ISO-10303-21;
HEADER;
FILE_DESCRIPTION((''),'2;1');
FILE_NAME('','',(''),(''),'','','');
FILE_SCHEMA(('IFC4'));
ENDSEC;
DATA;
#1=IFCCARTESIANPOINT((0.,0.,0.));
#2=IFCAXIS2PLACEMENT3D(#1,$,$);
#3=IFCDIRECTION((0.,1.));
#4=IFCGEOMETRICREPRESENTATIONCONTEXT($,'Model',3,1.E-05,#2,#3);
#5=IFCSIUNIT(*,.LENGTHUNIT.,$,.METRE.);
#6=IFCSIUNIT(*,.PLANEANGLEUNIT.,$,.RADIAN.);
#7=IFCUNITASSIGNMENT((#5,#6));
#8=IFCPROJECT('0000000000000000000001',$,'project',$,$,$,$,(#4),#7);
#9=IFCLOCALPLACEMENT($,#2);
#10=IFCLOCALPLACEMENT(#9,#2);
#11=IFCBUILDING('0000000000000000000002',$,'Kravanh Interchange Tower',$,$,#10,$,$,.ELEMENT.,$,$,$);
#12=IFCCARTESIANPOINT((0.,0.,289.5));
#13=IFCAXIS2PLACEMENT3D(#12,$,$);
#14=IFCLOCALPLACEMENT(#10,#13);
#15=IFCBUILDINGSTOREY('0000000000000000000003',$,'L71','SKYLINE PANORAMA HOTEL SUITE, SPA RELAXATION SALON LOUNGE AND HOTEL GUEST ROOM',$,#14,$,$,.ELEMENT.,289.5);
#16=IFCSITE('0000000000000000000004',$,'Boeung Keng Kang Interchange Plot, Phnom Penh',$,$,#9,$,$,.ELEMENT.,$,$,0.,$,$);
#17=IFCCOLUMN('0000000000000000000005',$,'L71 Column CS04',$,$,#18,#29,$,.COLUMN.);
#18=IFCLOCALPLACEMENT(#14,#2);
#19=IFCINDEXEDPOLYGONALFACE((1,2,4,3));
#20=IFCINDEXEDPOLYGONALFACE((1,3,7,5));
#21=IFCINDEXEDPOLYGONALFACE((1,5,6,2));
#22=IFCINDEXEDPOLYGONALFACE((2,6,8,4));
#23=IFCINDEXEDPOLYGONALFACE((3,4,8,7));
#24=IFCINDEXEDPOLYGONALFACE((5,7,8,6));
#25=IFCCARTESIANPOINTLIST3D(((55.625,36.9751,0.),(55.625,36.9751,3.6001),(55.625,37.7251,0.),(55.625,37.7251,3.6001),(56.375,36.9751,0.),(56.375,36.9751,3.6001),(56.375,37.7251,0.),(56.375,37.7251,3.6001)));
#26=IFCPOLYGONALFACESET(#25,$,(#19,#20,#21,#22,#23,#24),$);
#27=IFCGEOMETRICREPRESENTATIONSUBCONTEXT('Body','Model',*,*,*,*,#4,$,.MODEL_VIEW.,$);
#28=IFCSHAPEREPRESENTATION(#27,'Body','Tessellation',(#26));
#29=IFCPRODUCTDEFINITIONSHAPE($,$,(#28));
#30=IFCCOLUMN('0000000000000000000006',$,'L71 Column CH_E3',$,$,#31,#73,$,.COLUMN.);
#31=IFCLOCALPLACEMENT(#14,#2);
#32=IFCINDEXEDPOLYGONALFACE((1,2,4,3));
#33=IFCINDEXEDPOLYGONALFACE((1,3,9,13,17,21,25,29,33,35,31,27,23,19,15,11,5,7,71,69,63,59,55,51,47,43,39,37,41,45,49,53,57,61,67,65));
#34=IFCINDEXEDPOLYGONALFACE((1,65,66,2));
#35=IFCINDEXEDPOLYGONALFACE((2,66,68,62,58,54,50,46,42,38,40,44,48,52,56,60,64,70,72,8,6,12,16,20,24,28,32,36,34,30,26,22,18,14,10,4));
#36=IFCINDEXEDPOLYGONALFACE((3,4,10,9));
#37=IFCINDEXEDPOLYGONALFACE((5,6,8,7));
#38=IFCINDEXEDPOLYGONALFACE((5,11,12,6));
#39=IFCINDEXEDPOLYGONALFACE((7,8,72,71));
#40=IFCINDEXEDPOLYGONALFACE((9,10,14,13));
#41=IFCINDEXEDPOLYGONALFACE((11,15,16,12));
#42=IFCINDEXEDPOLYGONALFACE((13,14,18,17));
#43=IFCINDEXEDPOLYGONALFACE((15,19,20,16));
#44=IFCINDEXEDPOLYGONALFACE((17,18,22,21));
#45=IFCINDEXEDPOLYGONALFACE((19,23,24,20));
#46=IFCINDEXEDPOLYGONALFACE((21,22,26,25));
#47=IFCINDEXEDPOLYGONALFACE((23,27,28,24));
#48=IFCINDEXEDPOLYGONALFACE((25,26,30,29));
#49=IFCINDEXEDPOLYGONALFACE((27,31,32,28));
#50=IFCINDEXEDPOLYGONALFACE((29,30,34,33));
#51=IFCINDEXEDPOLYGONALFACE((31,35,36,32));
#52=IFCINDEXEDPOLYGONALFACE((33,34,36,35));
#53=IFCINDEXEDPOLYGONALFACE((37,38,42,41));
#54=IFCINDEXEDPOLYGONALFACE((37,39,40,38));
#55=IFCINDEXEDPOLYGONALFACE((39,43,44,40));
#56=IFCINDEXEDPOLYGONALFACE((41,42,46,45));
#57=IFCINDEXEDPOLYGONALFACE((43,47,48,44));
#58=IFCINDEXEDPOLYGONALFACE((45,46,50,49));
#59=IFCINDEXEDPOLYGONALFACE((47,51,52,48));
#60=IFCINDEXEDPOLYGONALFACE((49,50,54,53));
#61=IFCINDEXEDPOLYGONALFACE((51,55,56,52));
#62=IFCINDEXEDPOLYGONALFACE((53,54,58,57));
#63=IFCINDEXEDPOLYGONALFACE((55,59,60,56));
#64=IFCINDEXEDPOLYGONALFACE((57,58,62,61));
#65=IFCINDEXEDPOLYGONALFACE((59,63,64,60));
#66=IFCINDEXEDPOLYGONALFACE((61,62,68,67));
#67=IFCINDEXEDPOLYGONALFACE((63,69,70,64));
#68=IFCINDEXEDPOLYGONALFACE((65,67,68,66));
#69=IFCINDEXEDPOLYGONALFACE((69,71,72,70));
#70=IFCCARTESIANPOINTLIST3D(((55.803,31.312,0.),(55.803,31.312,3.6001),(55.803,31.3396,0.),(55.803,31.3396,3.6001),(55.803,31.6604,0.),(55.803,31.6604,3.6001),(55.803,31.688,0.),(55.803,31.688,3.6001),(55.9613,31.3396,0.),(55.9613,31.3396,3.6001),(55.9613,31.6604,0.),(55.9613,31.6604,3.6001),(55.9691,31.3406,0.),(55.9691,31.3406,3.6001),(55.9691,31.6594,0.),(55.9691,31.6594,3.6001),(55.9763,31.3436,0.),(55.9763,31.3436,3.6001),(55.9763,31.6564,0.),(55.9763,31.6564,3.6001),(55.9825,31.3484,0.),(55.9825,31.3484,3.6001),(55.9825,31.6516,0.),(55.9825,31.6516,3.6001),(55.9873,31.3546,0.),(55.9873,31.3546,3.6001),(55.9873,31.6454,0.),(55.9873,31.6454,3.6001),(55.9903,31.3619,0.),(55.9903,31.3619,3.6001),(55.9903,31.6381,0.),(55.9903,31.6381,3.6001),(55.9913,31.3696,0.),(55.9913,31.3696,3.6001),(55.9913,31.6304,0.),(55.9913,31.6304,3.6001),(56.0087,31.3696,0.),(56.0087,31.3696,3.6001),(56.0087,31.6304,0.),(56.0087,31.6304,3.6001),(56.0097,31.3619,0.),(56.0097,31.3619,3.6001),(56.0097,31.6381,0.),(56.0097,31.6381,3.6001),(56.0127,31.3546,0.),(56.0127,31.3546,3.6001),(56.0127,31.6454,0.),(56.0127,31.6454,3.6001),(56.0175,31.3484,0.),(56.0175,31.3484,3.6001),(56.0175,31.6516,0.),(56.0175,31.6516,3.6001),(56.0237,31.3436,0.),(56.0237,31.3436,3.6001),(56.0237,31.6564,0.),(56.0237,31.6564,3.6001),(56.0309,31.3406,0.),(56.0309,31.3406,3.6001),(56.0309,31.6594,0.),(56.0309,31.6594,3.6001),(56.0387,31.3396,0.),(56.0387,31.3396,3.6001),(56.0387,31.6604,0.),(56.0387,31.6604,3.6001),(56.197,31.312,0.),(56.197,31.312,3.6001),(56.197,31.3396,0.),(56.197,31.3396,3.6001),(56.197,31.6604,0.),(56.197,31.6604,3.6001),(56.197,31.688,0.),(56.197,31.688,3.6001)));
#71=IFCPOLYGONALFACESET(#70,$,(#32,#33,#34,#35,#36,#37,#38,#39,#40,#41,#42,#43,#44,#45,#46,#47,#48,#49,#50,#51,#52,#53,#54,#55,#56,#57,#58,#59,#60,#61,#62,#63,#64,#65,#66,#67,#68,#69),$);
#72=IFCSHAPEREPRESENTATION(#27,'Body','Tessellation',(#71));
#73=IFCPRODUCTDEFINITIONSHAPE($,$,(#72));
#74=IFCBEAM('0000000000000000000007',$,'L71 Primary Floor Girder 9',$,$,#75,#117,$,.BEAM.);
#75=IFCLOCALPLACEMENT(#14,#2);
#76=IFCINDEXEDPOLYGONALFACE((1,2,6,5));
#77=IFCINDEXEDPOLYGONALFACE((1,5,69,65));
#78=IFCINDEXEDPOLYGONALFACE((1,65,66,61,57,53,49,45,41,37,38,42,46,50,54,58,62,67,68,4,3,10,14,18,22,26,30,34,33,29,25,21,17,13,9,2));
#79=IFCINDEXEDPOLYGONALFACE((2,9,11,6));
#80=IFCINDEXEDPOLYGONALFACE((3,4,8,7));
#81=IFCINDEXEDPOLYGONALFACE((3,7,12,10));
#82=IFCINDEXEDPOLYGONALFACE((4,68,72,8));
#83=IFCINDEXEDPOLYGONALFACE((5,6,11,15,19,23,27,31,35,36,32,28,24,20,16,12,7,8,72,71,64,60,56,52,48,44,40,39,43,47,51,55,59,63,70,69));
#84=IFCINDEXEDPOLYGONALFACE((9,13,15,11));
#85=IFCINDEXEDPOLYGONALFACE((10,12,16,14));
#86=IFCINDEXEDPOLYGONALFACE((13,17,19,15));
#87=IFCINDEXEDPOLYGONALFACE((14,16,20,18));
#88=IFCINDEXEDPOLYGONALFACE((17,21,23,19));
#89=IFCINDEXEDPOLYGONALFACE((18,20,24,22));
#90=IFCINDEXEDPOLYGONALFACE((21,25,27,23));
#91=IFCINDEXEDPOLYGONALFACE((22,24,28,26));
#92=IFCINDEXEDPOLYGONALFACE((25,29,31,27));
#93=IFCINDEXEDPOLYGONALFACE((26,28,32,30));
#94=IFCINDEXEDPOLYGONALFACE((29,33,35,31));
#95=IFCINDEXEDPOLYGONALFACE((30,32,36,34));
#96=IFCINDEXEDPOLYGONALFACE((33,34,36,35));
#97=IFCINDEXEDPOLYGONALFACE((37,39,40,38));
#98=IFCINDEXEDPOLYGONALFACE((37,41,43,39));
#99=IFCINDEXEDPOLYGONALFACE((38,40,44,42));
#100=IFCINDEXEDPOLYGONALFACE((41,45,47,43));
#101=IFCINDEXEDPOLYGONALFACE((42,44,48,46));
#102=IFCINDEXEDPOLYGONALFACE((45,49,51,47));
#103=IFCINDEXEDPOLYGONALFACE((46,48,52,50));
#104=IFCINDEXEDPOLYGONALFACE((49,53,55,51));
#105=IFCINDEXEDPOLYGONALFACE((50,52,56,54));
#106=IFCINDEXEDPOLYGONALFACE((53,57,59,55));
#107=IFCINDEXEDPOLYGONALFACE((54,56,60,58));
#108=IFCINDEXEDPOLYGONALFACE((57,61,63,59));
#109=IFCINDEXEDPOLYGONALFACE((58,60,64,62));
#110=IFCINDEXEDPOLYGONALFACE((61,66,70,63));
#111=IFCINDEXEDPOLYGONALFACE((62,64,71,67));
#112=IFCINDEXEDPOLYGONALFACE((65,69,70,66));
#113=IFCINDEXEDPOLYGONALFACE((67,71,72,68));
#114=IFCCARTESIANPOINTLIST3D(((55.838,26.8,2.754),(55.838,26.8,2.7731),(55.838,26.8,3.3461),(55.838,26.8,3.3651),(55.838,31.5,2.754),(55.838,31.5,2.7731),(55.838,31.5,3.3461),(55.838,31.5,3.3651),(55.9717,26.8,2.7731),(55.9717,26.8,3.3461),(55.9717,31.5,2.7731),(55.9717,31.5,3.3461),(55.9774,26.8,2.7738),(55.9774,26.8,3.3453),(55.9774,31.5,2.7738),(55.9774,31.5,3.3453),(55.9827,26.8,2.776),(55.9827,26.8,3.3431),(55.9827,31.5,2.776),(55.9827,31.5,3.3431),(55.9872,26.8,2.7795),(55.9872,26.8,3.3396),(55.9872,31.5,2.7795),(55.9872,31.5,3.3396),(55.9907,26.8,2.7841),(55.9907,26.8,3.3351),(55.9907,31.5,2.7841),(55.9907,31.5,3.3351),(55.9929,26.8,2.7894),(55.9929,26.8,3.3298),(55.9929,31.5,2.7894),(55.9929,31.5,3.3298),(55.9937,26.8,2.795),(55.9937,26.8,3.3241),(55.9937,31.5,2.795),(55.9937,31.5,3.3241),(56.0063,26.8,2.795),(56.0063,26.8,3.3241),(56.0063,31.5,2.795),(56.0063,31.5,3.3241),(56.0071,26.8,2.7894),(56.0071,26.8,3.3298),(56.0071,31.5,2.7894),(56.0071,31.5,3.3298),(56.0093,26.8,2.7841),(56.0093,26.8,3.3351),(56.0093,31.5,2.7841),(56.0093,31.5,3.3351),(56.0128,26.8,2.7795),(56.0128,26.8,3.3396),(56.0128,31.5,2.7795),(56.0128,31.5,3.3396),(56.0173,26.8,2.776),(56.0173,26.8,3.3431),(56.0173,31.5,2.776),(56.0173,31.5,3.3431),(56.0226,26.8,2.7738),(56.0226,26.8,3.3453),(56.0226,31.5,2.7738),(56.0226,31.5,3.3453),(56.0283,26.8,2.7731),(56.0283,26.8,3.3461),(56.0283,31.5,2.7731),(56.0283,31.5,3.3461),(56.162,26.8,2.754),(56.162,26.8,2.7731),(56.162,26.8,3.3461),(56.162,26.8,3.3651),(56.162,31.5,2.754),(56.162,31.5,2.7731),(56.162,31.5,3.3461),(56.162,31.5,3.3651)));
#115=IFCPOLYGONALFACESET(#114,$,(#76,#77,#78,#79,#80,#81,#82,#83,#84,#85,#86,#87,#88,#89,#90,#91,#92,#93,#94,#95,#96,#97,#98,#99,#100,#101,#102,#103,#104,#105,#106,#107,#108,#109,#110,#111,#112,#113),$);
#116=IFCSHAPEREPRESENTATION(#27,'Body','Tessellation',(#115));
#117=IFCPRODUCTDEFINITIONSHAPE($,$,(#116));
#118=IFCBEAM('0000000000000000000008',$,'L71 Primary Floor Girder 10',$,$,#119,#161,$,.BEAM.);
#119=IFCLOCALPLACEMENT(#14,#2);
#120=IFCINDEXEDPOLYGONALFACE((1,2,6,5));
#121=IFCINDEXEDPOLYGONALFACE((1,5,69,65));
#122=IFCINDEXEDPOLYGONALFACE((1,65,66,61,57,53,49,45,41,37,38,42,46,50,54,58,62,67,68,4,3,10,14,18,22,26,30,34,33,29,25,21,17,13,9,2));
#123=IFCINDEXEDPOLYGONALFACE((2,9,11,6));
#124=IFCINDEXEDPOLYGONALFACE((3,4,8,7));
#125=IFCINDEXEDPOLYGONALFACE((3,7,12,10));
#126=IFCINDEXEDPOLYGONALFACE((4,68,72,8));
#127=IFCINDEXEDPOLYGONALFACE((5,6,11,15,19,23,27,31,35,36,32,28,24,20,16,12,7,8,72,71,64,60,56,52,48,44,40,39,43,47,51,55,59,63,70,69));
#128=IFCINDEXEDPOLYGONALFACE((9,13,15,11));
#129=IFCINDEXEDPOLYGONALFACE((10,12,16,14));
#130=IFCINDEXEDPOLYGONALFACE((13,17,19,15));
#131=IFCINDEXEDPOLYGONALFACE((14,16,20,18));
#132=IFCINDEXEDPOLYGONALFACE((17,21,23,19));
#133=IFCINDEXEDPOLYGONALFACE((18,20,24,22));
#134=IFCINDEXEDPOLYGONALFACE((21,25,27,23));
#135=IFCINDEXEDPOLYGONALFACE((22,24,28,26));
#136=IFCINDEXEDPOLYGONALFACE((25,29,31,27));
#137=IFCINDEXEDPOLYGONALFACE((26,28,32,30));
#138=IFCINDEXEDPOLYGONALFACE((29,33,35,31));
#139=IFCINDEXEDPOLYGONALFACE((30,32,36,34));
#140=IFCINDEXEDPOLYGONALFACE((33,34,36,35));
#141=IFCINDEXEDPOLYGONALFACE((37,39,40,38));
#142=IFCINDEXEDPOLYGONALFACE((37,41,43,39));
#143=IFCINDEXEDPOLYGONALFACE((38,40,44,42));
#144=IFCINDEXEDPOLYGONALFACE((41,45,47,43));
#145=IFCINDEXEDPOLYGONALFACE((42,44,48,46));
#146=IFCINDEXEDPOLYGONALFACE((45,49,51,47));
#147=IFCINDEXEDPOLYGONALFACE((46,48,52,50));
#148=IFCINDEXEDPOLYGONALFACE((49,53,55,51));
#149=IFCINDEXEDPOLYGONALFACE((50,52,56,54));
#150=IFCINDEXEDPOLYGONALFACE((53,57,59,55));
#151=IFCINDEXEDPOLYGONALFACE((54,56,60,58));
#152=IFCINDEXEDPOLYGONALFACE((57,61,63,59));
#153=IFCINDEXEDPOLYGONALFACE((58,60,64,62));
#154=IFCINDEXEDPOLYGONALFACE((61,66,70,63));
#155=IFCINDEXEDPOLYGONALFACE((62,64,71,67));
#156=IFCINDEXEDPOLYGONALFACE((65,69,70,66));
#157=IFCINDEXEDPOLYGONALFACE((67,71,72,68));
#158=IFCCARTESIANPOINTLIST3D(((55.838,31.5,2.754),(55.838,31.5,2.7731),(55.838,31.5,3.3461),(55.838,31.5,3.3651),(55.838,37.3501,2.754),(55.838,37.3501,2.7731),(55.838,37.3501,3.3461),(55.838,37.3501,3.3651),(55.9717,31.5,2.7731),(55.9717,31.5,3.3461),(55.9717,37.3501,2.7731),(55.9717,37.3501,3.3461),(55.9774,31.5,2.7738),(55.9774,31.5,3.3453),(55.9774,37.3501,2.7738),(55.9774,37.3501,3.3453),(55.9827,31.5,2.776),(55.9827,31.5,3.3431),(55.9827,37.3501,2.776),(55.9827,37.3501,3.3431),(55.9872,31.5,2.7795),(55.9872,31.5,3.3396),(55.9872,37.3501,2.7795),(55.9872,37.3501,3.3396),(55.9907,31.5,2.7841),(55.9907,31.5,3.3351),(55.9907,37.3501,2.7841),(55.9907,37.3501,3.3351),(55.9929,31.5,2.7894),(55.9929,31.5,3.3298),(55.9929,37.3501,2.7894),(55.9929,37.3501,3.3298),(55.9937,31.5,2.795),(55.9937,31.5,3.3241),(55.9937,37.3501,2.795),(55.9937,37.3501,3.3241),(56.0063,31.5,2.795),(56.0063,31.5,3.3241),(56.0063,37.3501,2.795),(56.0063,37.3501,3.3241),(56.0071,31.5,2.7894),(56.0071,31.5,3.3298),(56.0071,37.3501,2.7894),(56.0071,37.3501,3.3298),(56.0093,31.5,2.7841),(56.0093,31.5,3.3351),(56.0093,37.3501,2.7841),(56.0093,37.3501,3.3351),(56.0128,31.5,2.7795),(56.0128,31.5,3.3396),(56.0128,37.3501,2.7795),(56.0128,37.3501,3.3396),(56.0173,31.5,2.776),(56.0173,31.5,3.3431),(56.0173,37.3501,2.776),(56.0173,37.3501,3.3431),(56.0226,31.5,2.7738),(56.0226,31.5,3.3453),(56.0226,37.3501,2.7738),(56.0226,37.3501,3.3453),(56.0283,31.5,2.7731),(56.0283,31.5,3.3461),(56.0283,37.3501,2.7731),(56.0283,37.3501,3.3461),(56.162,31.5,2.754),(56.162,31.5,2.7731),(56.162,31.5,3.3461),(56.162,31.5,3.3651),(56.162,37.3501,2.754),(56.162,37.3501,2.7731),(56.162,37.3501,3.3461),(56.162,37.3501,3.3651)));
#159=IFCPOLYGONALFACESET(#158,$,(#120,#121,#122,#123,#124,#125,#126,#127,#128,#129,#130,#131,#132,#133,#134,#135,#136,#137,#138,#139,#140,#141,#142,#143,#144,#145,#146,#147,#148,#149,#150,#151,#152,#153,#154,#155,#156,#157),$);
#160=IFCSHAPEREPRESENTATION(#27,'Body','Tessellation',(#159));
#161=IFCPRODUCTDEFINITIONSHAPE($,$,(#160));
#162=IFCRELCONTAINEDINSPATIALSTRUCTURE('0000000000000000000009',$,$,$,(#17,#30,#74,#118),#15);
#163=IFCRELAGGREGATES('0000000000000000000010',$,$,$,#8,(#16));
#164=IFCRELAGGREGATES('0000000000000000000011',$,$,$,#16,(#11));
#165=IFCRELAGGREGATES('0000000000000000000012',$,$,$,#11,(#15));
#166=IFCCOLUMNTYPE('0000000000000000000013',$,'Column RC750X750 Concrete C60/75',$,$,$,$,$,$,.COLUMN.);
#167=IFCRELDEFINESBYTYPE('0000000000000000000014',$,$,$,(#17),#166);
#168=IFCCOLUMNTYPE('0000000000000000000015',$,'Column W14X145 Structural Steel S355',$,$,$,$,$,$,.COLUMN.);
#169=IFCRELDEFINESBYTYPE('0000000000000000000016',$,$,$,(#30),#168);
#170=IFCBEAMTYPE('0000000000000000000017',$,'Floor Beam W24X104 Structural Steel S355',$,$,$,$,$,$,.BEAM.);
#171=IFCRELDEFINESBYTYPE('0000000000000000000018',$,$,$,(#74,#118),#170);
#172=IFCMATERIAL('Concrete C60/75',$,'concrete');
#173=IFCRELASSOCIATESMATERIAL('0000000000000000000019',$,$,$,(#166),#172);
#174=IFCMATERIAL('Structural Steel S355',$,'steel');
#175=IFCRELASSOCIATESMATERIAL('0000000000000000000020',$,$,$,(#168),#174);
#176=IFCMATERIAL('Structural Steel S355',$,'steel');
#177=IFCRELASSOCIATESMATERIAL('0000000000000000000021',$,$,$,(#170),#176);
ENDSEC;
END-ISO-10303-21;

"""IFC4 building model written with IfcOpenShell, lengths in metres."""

from ifc_helpers import new_model, si_unit, direction, frame, origin, origin_2d, place, context, subcontext, project, spatial, rectangle, i_section, extrude, material, material_profile, profile_set, type_object, element, save


model = new_model("IFC4")

# Units and contexts
model_context = context("Model", 3, precision=1e-05, world=origin(), true_north=direction((0.0, 1.0)))
body_context = subcontext(model_context, "Body", "Model", "MODEL_VIEW")
ifc_project = project(units=[si_unit("LENGTHUNIT", "METRE"), si_unit("PLANEANGLEUNIT", "RADIAN")], contexts=[model_context])

# Site, building, storey
site_placement = place(None, origin())
site = spatial("IfcSite", under=ifc_project, at=site_placement, Name="Boeung Keng Kang Interchange Plot, Phnom Penh", CompositionType="ELEMENT", RefElevation=0.0)
building_placement = place(site_placement, origin())
building = spatial("IfcBuilding", under=site, at=building_placement, Name="Kravanh Interchange Tower", CompositionType="ELEMENT")
storey_placement = place(building_placement, frame((0.0, 0.0, 289.5)))
storey = spatial("IfcBuildingStorey", under=building, at=storey_placement, Name="L71", Description="SKYLINE PANORAMA HOTEL SUITE, SPA RELAXATION SALON LOUNGE AND HOTEL GUEST ROOM", CompositionType="ELEMENT", Elevation=289.5)

# Columns
ifc_material_1 = material(Name="Concrete C60/75", Category="concrete")
ifc_material_profile_1 = material_profile(ifc_material_1, rectangle(XDim=0.75, YDim=0.75, at=origin_2d()), Name="RC750X750")
ifc_profile_set_1 = profile_set([ifc_material_profile_1], Name="Concrete C60/75")
column_type_1 = type_object("IfcColumnType", Name="Column RC750X750 Concrete C60/75", PredefinedType="COLUMN", material=ifc_profile_set_1)
column_1_placement = place(storey_placement, frame((56.0, 37.3501, 0.0), z_axis=(0.0, 0.0, 1.0), x_axis=(1.0, 0.0, 0.0)))
element("IfcColumn", 1, at=column_1_placement, inside=storey, type_object=column_type_1, Name="L71 Column CS04", PredefinedType="COLUMN", context=body_context, shape_type="SweptSolid", body=[
    extrude(rectangle(XDim=0.75, YDim=0.75, at=origin_2d()), origin(), (0.0, 0.0, 1.0), 3.6001),
])
ifc_material_2 = material(Name="Structural Steel S355", Category="steel")
ifc_material_profile_2 = material_profile(ifc_material_2, i_section(OverallWidth=0.394, OverallDepth=0.376, WebThickness=0.0173, FlangeThickness=0.0276, FilletRadius=0.03, at=origin_2d()), Name="W14X145")
ifc_profile_set_2 = profile_set([ifc_material_profile_2], Name="Structural Steel S355")
column_type_2 = type_object("IfcColumnType", Name="Column W14X145 Structural Steel S355", PredefinedType="COLUMN", material=ifc_profile_set_2)
column_2_placement = place(storey_placement, frame((56.0, 31.5, 0.0), z_axis=(0.0, 0.0, 1.0), x_axis=(1.0, 0.0, 0.0)))
element("IfcColumn", 2, at=column_2_placement, inside=storey, type_object=column_type_2, Name="L71 Column CH_E3", PredefinedType="COLUMN", context=body_context, shape_type="SweptSolid", body=[
    extrude(i_section(OverallWidth=0.394, OverallDepth=0.376, WebThickness=0.0173, FlangeThickness=0.0276, FilletRadius=0.03, at=origin_2d()), origin(), (0.0, 0.0, 1.0), 3.6001),
])

# Beams
ifc_material_3 = material(Name="Structural Steel S355", Category="steel")
ifc_material_profile_3 = material_profile(ifc_material_3, i_section(OverallWidth=0.324, OverallDepth=0.6111, WebThickness=0.0127, FlangeThickness=0.019, FilletRadius=0.022, at=origin_2d()), Name="W24X104")
ifc_profile_set_3 = profile_set([ifc_material_profile_3], Name="Structural Steel S355")
beam_type_1 = type_object("IfcBeamType", Name="Floor Beam W24X104 Structural Steel S355", PredefinedType="BEAM", material=ifc_profile_set_3)
beam_1_placement = place(storey_placement, frame((56.0, 31.5, 3.0596), z_axis=(0.0, -1.0, 0.0), x_axis=(1.0, 0.0, 0.0)))
element("IfcBeam", 3, at=beam_1_placement, inside=storey, type_object=beam_type_1, Name="L71 Primary Floor Girder 9", PredefinedType="BEAM", context=body_context, shape_type="SweptSolid", body=[
    extrude(i_section(OverallWidth=0.324, OverallDepth=0.6111, WebThickness=0.0127, FlangeThickness=0.019, FilletRadius=0.022, at=origin_2d()), origin(), (0.0, 0.0, 1.0), 4.7),
])
beam_2_placement = place(storey_placement, frame((56.0, 31.5, 3.0596), z_axis=(0.0, 1.0, 0.0), x_axis=(-1.0, 0.0, 0.0)))
element("IfcBeam", 4, at=beam_2_placement, inside=storey, type_object=beam_type_1, Name="L71 Primary Floor Girder 10", PredefinedType="BEAM", context=body_context, shape_type="SweptSolid", body=[
    extrude(i_section(OverallWidth=0.324, OverallDepth=0.6111, WebThickness=0.0127, FlangeThickness=0.019, FilletRadius=0.022, at=origin_2d()), origin(), (0.0, 0.0, 1.0), 5.8501),
])

save(model, "model.ifc")
